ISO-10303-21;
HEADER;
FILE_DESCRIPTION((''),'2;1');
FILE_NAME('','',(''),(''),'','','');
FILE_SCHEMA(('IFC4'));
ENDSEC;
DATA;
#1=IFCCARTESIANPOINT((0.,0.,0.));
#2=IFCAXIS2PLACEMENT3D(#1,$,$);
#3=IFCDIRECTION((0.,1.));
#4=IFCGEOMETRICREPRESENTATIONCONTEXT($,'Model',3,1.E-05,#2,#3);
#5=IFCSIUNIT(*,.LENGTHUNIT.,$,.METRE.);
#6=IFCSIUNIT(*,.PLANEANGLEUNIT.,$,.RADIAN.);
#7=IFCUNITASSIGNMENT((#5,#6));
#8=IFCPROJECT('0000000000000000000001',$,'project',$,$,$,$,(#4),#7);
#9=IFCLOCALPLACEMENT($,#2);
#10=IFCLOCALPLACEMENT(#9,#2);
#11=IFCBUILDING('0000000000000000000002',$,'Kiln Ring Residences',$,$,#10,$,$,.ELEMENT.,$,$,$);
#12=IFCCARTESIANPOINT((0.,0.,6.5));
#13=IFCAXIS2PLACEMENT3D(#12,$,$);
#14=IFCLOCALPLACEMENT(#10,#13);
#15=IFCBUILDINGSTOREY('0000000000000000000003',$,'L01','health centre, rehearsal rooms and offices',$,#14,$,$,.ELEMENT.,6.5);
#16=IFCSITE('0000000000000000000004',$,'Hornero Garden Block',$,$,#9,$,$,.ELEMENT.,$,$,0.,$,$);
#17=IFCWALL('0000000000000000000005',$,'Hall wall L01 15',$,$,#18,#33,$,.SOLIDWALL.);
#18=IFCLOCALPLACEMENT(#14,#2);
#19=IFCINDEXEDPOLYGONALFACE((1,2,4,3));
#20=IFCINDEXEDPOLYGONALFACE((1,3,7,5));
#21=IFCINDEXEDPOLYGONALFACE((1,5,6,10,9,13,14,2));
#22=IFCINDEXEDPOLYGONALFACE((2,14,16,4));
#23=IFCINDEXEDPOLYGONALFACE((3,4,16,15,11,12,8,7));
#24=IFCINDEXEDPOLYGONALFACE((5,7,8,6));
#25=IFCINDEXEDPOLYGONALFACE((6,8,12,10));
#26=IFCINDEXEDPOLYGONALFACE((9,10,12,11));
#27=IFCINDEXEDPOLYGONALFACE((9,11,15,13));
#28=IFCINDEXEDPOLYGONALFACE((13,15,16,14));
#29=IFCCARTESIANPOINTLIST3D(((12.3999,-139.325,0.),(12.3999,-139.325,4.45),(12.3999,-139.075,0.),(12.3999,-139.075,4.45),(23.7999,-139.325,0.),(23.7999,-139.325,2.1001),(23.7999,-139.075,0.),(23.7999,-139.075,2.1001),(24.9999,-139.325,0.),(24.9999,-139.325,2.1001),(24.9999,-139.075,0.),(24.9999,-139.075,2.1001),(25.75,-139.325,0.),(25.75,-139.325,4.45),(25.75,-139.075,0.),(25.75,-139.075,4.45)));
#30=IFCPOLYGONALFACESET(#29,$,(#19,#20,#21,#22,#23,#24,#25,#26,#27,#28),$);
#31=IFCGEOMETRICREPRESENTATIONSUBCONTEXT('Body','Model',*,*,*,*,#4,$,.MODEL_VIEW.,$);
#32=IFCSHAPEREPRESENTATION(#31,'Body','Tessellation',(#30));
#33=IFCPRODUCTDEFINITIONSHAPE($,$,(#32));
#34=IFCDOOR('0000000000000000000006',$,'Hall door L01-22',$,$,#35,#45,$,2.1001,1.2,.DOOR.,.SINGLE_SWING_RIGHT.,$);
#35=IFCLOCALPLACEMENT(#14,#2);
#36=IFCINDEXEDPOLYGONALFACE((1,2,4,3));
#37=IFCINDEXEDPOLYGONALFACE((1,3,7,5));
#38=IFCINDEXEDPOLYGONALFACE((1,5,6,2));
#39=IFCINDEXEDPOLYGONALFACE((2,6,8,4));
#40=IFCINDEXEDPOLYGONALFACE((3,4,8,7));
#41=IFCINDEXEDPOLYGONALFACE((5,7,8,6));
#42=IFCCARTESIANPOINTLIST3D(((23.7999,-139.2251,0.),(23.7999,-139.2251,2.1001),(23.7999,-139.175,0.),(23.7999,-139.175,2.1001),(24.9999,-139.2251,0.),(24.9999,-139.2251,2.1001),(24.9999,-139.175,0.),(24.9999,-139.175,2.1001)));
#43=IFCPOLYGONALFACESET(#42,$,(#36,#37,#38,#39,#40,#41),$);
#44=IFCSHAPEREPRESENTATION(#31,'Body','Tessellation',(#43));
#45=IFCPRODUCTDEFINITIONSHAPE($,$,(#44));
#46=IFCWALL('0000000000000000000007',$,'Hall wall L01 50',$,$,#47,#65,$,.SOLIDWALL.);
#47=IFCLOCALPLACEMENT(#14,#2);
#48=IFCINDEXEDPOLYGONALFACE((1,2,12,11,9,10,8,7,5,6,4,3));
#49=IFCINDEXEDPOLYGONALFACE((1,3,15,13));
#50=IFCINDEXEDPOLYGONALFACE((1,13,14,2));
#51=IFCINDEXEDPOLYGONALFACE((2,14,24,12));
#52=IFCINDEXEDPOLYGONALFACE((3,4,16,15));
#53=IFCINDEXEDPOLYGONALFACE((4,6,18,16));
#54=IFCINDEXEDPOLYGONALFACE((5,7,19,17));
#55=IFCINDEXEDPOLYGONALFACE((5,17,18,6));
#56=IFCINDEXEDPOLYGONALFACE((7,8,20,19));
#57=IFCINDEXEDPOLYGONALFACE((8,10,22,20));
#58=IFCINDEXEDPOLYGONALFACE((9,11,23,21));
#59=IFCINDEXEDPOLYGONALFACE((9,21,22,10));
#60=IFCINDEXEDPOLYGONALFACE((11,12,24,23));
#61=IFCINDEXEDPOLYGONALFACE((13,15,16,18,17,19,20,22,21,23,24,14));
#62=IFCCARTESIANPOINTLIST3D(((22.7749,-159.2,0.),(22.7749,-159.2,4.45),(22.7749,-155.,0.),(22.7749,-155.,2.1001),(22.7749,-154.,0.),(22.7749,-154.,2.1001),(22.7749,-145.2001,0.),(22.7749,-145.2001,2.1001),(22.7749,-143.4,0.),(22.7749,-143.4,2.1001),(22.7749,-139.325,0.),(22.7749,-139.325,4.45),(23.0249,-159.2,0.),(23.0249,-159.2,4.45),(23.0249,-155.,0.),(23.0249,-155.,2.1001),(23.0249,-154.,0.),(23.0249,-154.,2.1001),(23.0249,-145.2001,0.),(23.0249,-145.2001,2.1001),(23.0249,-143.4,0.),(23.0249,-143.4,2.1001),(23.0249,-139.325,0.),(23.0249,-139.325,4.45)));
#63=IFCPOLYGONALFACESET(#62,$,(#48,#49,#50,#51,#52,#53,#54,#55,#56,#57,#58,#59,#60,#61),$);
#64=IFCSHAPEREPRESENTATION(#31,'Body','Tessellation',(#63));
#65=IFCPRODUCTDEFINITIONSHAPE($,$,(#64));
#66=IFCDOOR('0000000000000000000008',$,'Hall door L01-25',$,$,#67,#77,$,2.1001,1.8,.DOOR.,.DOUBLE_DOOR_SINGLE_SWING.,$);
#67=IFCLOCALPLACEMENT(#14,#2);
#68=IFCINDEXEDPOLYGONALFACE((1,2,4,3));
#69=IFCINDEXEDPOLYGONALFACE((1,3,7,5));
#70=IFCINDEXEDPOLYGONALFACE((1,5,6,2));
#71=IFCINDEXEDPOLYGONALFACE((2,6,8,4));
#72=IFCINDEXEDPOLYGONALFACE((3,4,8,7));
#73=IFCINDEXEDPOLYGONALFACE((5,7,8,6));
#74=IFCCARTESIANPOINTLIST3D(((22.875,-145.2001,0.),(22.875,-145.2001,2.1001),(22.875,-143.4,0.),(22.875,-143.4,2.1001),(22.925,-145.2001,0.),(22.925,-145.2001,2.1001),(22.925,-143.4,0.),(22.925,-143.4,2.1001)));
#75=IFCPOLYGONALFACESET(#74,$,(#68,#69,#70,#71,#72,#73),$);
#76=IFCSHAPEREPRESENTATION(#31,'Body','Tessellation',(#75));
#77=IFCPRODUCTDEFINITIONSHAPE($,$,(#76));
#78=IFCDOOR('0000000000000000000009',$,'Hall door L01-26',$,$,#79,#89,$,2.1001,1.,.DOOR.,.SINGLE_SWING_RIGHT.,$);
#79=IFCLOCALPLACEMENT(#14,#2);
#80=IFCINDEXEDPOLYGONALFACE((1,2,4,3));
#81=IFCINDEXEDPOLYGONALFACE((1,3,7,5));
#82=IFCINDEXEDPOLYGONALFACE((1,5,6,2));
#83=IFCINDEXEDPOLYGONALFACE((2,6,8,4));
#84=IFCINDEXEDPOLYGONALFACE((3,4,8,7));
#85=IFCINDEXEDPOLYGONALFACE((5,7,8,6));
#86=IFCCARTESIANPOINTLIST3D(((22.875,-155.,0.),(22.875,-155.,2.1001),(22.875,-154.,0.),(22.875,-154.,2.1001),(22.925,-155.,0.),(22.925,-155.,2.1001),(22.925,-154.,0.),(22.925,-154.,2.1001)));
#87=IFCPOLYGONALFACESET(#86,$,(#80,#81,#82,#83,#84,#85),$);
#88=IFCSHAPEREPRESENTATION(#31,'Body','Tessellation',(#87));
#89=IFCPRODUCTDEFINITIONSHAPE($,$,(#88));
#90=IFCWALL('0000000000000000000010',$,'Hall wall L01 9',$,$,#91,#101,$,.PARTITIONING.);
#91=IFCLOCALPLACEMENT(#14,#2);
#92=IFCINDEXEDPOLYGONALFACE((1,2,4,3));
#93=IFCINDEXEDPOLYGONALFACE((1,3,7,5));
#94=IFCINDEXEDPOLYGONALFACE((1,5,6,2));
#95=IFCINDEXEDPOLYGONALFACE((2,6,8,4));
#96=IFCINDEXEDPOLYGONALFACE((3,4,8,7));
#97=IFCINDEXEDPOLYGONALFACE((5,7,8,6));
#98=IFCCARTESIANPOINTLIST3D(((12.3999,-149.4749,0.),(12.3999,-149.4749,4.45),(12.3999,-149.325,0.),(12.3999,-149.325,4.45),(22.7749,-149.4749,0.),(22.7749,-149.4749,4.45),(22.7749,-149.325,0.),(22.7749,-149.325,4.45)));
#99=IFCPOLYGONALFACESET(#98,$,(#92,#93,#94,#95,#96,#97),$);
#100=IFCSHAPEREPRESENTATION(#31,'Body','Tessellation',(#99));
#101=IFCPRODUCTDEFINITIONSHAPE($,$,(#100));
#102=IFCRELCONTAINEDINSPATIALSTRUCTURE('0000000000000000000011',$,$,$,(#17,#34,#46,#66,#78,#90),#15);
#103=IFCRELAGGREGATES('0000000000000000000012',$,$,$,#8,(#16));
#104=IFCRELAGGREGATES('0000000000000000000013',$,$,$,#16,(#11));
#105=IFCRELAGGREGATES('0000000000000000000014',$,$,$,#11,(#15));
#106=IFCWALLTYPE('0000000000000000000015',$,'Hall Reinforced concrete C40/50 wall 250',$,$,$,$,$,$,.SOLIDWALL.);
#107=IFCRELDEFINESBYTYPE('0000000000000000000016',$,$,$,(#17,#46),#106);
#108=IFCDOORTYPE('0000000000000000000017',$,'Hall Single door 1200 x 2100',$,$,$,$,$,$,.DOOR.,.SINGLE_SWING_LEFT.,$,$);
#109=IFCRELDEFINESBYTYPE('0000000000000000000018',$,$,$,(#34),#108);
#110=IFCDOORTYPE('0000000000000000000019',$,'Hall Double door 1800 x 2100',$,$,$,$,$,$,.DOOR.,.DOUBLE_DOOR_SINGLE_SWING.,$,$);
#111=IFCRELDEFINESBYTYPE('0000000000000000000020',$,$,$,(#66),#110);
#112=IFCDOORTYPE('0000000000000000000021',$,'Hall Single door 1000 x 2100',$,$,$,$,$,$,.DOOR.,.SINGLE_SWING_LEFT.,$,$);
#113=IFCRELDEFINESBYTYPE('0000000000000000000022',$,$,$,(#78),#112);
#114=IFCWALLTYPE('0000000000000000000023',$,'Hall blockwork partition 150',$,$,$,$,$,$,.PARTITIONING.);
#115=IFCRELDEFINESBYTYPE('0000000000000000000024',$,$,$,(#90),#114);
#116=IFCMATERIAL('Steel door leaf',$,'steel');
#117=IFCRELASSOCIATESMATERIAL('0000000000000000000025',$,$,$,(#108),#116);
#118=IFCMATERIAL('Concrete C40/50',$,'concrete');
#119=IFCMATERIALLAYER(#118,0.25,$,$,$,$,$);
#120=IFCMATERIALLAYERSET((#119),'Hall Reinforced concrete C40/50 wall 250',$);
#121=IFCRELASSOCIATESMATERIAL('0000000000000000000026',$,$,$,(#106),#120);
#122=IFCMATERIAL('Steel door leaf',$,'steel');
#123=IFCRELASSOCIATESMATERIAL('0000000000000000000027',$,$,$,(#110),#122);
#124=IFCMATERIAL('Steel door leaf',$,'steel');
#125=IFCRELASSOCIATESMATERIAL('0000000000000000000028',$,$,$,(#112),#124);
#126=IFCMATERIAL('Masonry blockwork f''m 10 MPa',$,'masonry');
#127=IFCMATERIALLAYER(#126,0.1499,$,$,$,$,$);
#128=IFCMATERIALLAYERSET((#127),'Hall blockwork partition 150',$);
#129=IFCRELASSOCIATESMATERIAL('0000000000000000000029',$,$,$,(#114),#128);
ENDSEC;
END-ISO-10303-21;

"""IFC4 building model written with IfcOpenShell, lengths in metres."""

from ifc_helpers import new_model, si_unit, direction, frame, frame_2d, origin, place, context, subcontext, project, spatial, rectangle, extrude, material, layer, layer_set, type_object, element, fill, save


model = new_model("IFC4")

# Units and contexts
model_context = context("Model", 3, precision=1e-05, world=origin(), true_north=direction((0.0, 1.0)))
body_context = subcontext(model_context, "Body", "Model", "MODEL_VIEW")
ifc_project = project(units=[si_unit("LENGTHUNIT", "METRE"), si_unit("PLANEANGLEUNIT", "RADIAN")], contexts=[model_context])

# Site, building, storey
site_placement = place(None, origin())
site = spatial("IfcSite", under=ifc_project, at=site_placement, Name="Hornero Garden Block", CompositionType="ELEMENT", RefElevation=0.0)
building_placement = place(site_placement, origin())
building = spatial("IfcBuilding", under=site, at=building_placement, Name="Kiln Ring Residences", CompositionType="ELEMENT")
storey_placement = place(building_placement, frame((0.0, 0.0, 6.5)))
storey = spatial("IfcBuildingStorey", under=building, at=storey_placement, Name="L01", Description="health centre, rehearsal rooms and offices", CompositionType="ELEMENT", Elevation=6.5)

# Shared definitions
ifc_material_1 = material(Name="Steel door leaf", Category="steel")
door_type_1 = type_object("IfcDoorType", Name="Hall Single door 1200 x 2100", OperationType="SINGLE_SWING_LEFT", PredefinedType="DOOR", material=ifc_material_1)

# Wall, opening, door
ifc_material_2 = material(Name="Concrete C40/50", Category="concrete")
ifc_layer_1 = layer(ifc_material_2, 0.25)
ifc_layer_set_1 = layer_set([ifc_layer_1], Name="Hall Reinforced concrete C40/50 wall 250")
wall_type_1 = type_object("IfcWallType", Name="Hall Reinforced concrete C40/50 wall 250", PredefinedType="SOLIDWALL", material=ifc_layer_set_1)
wall_1_placement = place(storey_placement, frame((12.3999, -139.2, 0.0), z_axis=(0.0, 0.0, 1.0), x_axis=(1.0, 0.0, 0.0)))
wall_1 = element("IfcWall", 1, at=wall_1_placement, inside=storey, type_object=wall_type_1, Name="Hall wall L01 15", PredefinedType="SOLIDWALL", context=body_context, shape_type="SweptSolid", body=[
    extrude(rectangle(XDim=13.3501, YDim=0.25, at=frame_2d((6.675, 0.0))), origin(), (0.0, 0.0, 1.0), 4.45),
])
opening_1_placement = place(wall_1_placement, frame((11.3999, 0.0, 0.0)))
opening_1 = element("IfcOpeningElement", 2, at=opening_1_placement, cuts=wall_1, PredefinedType="OPENING", context=body_context, shape_type="SweptSolid", body=[
    extrude(rectangle(XDim=1.2, YDim=2.1001, at=frame_2d((0.6001, 1.05))), frame((0.0, 0.135, 0.0), z_axis=(0.0, -1.0, 0.0), x_axis=(1.0, 0.0, 0.0)), (0.0, 0.0, 1.0), 0.27),
])
door_1_placement = place(opening_1_placement, origin())
door_1 = element("IfcDoor", 3, at=door_1_placement, inside=storey, type_object=door_type_1, Name="Hall door L01-22", OperationType="SINGLE_SWING_RIGHT", OverallHeight=2.1001, OverallWidth=1.2, PredefinedType="DOOR", context=body_context, shape_type="SweptSolid", body=[
    extrude(rectangle(XDim=1.2, YDim=2.1001, at=frame_2d((0.6001, 1.05))), frame((0.0, 0.0249, 0.0), z_axis=(0.0, -1.0, 0.0), x_axis=(1.0, 0.0, 0.0)), (0.0, 0.0, 1.0), 0.05),
])
fill(opening_1, door_1)

# Wall, openings, doors
wall_2_placement = place(storey_placement, frame((22.8999, -159.2, 0.0), z_axis=(0.0, 0.0, 1.0), x_axis=(0.0, 1.0, 0.0)))
wall_2 = element("IfcWall", 4, at=wall_2_placement, inside=storey, type_object=wall_type_1, Name="Hall wall L01 50", PredefinedType="SOLIDWALL", context=body_context, shape_type="SweptSolid", body=[
    extrude(rectangle(XDim=19.875, YDim=0.25, at=frame_2d((9.9375, 0.0))), origin(), (0.0, 0.0, 1.0), 4.45),
])
opening_2_placement = place(wall_2_placement, frame((14.0, 0.0, 0.0)))
opening_2 = element("IfcOpeningElement", 5, at=opening_2_placement, cuts=wall_2, PredefinedType="OPENING", context=body_context, shape_type="SweptSolid", body=[
    extrude(rectangle(XDim=1.8, YDim=2.1001, at=frame_2d((0.8999, 1.05))), frame((0.0, 0.135, 0.0), z_axis=(0.0, -1.0, 0.0), x_axis=(1.0, 0.0, 0.0)), (0.0, 0.0, 1.0), 0.27),
])
opening_3_placement = place(wall_2_placement, frame((4.2, 0.0, 0.0)))
opening_3 = element("IfcOpeningElement", 6, at=opening_3_placement, cuts=wall_2, PredefinedType="OPENING", context=body_context, shape_type="SweptSolid", body=[
    extrude(rectangle(XDim=1.0, YDim=2.1001, at=frame_2d((0.5, 1.05))), frame((0.0, 0.135, 0.0), z_axis=(0.0, -1.0, 0.0), x_axis=(1.0, 0.0, 0.0)), (0.0, 0.0, 1.0), 0.27),
])
ifc_material_3 = material(Name="Steel door leaf", Category="steel")
door_type_2 = type_object("IfcDoorType", Name="Hall Double door 1800 x 2100", OperationType="DOUBLE_DOOR_SINGLE_SWING", PredefinedType="DOOR", material=ifc_material_3)
door_2_placement = place(opening_2_placement, origin())
door_2 = element("IfcDoor", 7, at=door_2_placement, inside=storey, type_object=door_type_2, Name="Hall door L01-25", OperationType="DOUBLE_DOOR_SINGLE_SWING", OverallHeight=2.1001, OverallWidth=1.8, PredefinedType="DOOR", context=body_context, shape_type="SweptSolid", body=[
    extrude(rectangle(XDim=1.8, YDim=2.1001, at=frame_2d((0.8999, 1.05))), frame((0.0, 0.0249, 0.0), z_axis=(0.0, -1.0, 0.0), x_axis=(1.0, 0.0, 0.0)), (0.0, 0.0, 1.0), 0.05),
])
fill(opening_2, door_2)
ifc_material_4 = material(Name="Steel door leaf", Category="steel")
door_type_3 = type_object("IfcDoorType", Name="Hall Single door 1000 x 2100", OperationType="SINGLE_SWING_LEFT", PredefinedType="DOOR", material=ifc_material_4)
door_3_placement = place(opening_3_placement, origin())
door_3 = element("IfcDoor", 8, at=door_3_placement, inside=storey, type_object=door_type_3, Name="Hall door L01-26", OperationType="SINGLE_SWING_RIGHT", OverallHeight=2.1001, OverallWidth=1.0, PredefinedType="DOOR", context=body_context, shape_type="SweptSolid", body=[
    extrude(rectangle(XDim=1.0, YDim=2.1001, at=frame_2d((0.5, 1.05))), frame((0.0, 0.0249, 0.0), z_axis=(0.0, -1.0, 0.0), x_axis=(1.0, 0.0, 0.0)), (0.0, 0.0, 1.0), 0.05),
])
fill(opening_3, door_3)

# Wall
ifc_material_5 = material(Name="Masonry blockwork f'm 10 MPa", Category="masonry")
ifc_layer_2 = layer(ifc_material_5, 0.1499)
ifc_layer_set_2 = layer_set([ifc_layer_2], Name="Hall blockwork partition 150")
wall_type_2 = type_object("IfcWallType", Name="Hall blockwork partition 150", PredefinedType="PARTITIONING", material=ifc_layer_set_2)
wall_3_placement = place(storey_placement, frame((12.3999, -149.3999, 0.0), z_axis=(0.0, 0.0, 1.0), x_axis=(1.0, 0.0, 0.0)))
element("IfcWall", 9, at=wall_3_placement, inside=storey, type_object=wall_type_2, Name="Hall wall L01 9", PredefinedType="PARTITIONING", context=body_context, shape_type="SweptSolid", body=[
    extrude(rectangle(XDim=10.375, YDim=0.1499, at=frame_2d((5.1875, 0.0))), origin(), (0.0, 0.0, 1.0), 4.45),
])

save(model, "model.ifc")
